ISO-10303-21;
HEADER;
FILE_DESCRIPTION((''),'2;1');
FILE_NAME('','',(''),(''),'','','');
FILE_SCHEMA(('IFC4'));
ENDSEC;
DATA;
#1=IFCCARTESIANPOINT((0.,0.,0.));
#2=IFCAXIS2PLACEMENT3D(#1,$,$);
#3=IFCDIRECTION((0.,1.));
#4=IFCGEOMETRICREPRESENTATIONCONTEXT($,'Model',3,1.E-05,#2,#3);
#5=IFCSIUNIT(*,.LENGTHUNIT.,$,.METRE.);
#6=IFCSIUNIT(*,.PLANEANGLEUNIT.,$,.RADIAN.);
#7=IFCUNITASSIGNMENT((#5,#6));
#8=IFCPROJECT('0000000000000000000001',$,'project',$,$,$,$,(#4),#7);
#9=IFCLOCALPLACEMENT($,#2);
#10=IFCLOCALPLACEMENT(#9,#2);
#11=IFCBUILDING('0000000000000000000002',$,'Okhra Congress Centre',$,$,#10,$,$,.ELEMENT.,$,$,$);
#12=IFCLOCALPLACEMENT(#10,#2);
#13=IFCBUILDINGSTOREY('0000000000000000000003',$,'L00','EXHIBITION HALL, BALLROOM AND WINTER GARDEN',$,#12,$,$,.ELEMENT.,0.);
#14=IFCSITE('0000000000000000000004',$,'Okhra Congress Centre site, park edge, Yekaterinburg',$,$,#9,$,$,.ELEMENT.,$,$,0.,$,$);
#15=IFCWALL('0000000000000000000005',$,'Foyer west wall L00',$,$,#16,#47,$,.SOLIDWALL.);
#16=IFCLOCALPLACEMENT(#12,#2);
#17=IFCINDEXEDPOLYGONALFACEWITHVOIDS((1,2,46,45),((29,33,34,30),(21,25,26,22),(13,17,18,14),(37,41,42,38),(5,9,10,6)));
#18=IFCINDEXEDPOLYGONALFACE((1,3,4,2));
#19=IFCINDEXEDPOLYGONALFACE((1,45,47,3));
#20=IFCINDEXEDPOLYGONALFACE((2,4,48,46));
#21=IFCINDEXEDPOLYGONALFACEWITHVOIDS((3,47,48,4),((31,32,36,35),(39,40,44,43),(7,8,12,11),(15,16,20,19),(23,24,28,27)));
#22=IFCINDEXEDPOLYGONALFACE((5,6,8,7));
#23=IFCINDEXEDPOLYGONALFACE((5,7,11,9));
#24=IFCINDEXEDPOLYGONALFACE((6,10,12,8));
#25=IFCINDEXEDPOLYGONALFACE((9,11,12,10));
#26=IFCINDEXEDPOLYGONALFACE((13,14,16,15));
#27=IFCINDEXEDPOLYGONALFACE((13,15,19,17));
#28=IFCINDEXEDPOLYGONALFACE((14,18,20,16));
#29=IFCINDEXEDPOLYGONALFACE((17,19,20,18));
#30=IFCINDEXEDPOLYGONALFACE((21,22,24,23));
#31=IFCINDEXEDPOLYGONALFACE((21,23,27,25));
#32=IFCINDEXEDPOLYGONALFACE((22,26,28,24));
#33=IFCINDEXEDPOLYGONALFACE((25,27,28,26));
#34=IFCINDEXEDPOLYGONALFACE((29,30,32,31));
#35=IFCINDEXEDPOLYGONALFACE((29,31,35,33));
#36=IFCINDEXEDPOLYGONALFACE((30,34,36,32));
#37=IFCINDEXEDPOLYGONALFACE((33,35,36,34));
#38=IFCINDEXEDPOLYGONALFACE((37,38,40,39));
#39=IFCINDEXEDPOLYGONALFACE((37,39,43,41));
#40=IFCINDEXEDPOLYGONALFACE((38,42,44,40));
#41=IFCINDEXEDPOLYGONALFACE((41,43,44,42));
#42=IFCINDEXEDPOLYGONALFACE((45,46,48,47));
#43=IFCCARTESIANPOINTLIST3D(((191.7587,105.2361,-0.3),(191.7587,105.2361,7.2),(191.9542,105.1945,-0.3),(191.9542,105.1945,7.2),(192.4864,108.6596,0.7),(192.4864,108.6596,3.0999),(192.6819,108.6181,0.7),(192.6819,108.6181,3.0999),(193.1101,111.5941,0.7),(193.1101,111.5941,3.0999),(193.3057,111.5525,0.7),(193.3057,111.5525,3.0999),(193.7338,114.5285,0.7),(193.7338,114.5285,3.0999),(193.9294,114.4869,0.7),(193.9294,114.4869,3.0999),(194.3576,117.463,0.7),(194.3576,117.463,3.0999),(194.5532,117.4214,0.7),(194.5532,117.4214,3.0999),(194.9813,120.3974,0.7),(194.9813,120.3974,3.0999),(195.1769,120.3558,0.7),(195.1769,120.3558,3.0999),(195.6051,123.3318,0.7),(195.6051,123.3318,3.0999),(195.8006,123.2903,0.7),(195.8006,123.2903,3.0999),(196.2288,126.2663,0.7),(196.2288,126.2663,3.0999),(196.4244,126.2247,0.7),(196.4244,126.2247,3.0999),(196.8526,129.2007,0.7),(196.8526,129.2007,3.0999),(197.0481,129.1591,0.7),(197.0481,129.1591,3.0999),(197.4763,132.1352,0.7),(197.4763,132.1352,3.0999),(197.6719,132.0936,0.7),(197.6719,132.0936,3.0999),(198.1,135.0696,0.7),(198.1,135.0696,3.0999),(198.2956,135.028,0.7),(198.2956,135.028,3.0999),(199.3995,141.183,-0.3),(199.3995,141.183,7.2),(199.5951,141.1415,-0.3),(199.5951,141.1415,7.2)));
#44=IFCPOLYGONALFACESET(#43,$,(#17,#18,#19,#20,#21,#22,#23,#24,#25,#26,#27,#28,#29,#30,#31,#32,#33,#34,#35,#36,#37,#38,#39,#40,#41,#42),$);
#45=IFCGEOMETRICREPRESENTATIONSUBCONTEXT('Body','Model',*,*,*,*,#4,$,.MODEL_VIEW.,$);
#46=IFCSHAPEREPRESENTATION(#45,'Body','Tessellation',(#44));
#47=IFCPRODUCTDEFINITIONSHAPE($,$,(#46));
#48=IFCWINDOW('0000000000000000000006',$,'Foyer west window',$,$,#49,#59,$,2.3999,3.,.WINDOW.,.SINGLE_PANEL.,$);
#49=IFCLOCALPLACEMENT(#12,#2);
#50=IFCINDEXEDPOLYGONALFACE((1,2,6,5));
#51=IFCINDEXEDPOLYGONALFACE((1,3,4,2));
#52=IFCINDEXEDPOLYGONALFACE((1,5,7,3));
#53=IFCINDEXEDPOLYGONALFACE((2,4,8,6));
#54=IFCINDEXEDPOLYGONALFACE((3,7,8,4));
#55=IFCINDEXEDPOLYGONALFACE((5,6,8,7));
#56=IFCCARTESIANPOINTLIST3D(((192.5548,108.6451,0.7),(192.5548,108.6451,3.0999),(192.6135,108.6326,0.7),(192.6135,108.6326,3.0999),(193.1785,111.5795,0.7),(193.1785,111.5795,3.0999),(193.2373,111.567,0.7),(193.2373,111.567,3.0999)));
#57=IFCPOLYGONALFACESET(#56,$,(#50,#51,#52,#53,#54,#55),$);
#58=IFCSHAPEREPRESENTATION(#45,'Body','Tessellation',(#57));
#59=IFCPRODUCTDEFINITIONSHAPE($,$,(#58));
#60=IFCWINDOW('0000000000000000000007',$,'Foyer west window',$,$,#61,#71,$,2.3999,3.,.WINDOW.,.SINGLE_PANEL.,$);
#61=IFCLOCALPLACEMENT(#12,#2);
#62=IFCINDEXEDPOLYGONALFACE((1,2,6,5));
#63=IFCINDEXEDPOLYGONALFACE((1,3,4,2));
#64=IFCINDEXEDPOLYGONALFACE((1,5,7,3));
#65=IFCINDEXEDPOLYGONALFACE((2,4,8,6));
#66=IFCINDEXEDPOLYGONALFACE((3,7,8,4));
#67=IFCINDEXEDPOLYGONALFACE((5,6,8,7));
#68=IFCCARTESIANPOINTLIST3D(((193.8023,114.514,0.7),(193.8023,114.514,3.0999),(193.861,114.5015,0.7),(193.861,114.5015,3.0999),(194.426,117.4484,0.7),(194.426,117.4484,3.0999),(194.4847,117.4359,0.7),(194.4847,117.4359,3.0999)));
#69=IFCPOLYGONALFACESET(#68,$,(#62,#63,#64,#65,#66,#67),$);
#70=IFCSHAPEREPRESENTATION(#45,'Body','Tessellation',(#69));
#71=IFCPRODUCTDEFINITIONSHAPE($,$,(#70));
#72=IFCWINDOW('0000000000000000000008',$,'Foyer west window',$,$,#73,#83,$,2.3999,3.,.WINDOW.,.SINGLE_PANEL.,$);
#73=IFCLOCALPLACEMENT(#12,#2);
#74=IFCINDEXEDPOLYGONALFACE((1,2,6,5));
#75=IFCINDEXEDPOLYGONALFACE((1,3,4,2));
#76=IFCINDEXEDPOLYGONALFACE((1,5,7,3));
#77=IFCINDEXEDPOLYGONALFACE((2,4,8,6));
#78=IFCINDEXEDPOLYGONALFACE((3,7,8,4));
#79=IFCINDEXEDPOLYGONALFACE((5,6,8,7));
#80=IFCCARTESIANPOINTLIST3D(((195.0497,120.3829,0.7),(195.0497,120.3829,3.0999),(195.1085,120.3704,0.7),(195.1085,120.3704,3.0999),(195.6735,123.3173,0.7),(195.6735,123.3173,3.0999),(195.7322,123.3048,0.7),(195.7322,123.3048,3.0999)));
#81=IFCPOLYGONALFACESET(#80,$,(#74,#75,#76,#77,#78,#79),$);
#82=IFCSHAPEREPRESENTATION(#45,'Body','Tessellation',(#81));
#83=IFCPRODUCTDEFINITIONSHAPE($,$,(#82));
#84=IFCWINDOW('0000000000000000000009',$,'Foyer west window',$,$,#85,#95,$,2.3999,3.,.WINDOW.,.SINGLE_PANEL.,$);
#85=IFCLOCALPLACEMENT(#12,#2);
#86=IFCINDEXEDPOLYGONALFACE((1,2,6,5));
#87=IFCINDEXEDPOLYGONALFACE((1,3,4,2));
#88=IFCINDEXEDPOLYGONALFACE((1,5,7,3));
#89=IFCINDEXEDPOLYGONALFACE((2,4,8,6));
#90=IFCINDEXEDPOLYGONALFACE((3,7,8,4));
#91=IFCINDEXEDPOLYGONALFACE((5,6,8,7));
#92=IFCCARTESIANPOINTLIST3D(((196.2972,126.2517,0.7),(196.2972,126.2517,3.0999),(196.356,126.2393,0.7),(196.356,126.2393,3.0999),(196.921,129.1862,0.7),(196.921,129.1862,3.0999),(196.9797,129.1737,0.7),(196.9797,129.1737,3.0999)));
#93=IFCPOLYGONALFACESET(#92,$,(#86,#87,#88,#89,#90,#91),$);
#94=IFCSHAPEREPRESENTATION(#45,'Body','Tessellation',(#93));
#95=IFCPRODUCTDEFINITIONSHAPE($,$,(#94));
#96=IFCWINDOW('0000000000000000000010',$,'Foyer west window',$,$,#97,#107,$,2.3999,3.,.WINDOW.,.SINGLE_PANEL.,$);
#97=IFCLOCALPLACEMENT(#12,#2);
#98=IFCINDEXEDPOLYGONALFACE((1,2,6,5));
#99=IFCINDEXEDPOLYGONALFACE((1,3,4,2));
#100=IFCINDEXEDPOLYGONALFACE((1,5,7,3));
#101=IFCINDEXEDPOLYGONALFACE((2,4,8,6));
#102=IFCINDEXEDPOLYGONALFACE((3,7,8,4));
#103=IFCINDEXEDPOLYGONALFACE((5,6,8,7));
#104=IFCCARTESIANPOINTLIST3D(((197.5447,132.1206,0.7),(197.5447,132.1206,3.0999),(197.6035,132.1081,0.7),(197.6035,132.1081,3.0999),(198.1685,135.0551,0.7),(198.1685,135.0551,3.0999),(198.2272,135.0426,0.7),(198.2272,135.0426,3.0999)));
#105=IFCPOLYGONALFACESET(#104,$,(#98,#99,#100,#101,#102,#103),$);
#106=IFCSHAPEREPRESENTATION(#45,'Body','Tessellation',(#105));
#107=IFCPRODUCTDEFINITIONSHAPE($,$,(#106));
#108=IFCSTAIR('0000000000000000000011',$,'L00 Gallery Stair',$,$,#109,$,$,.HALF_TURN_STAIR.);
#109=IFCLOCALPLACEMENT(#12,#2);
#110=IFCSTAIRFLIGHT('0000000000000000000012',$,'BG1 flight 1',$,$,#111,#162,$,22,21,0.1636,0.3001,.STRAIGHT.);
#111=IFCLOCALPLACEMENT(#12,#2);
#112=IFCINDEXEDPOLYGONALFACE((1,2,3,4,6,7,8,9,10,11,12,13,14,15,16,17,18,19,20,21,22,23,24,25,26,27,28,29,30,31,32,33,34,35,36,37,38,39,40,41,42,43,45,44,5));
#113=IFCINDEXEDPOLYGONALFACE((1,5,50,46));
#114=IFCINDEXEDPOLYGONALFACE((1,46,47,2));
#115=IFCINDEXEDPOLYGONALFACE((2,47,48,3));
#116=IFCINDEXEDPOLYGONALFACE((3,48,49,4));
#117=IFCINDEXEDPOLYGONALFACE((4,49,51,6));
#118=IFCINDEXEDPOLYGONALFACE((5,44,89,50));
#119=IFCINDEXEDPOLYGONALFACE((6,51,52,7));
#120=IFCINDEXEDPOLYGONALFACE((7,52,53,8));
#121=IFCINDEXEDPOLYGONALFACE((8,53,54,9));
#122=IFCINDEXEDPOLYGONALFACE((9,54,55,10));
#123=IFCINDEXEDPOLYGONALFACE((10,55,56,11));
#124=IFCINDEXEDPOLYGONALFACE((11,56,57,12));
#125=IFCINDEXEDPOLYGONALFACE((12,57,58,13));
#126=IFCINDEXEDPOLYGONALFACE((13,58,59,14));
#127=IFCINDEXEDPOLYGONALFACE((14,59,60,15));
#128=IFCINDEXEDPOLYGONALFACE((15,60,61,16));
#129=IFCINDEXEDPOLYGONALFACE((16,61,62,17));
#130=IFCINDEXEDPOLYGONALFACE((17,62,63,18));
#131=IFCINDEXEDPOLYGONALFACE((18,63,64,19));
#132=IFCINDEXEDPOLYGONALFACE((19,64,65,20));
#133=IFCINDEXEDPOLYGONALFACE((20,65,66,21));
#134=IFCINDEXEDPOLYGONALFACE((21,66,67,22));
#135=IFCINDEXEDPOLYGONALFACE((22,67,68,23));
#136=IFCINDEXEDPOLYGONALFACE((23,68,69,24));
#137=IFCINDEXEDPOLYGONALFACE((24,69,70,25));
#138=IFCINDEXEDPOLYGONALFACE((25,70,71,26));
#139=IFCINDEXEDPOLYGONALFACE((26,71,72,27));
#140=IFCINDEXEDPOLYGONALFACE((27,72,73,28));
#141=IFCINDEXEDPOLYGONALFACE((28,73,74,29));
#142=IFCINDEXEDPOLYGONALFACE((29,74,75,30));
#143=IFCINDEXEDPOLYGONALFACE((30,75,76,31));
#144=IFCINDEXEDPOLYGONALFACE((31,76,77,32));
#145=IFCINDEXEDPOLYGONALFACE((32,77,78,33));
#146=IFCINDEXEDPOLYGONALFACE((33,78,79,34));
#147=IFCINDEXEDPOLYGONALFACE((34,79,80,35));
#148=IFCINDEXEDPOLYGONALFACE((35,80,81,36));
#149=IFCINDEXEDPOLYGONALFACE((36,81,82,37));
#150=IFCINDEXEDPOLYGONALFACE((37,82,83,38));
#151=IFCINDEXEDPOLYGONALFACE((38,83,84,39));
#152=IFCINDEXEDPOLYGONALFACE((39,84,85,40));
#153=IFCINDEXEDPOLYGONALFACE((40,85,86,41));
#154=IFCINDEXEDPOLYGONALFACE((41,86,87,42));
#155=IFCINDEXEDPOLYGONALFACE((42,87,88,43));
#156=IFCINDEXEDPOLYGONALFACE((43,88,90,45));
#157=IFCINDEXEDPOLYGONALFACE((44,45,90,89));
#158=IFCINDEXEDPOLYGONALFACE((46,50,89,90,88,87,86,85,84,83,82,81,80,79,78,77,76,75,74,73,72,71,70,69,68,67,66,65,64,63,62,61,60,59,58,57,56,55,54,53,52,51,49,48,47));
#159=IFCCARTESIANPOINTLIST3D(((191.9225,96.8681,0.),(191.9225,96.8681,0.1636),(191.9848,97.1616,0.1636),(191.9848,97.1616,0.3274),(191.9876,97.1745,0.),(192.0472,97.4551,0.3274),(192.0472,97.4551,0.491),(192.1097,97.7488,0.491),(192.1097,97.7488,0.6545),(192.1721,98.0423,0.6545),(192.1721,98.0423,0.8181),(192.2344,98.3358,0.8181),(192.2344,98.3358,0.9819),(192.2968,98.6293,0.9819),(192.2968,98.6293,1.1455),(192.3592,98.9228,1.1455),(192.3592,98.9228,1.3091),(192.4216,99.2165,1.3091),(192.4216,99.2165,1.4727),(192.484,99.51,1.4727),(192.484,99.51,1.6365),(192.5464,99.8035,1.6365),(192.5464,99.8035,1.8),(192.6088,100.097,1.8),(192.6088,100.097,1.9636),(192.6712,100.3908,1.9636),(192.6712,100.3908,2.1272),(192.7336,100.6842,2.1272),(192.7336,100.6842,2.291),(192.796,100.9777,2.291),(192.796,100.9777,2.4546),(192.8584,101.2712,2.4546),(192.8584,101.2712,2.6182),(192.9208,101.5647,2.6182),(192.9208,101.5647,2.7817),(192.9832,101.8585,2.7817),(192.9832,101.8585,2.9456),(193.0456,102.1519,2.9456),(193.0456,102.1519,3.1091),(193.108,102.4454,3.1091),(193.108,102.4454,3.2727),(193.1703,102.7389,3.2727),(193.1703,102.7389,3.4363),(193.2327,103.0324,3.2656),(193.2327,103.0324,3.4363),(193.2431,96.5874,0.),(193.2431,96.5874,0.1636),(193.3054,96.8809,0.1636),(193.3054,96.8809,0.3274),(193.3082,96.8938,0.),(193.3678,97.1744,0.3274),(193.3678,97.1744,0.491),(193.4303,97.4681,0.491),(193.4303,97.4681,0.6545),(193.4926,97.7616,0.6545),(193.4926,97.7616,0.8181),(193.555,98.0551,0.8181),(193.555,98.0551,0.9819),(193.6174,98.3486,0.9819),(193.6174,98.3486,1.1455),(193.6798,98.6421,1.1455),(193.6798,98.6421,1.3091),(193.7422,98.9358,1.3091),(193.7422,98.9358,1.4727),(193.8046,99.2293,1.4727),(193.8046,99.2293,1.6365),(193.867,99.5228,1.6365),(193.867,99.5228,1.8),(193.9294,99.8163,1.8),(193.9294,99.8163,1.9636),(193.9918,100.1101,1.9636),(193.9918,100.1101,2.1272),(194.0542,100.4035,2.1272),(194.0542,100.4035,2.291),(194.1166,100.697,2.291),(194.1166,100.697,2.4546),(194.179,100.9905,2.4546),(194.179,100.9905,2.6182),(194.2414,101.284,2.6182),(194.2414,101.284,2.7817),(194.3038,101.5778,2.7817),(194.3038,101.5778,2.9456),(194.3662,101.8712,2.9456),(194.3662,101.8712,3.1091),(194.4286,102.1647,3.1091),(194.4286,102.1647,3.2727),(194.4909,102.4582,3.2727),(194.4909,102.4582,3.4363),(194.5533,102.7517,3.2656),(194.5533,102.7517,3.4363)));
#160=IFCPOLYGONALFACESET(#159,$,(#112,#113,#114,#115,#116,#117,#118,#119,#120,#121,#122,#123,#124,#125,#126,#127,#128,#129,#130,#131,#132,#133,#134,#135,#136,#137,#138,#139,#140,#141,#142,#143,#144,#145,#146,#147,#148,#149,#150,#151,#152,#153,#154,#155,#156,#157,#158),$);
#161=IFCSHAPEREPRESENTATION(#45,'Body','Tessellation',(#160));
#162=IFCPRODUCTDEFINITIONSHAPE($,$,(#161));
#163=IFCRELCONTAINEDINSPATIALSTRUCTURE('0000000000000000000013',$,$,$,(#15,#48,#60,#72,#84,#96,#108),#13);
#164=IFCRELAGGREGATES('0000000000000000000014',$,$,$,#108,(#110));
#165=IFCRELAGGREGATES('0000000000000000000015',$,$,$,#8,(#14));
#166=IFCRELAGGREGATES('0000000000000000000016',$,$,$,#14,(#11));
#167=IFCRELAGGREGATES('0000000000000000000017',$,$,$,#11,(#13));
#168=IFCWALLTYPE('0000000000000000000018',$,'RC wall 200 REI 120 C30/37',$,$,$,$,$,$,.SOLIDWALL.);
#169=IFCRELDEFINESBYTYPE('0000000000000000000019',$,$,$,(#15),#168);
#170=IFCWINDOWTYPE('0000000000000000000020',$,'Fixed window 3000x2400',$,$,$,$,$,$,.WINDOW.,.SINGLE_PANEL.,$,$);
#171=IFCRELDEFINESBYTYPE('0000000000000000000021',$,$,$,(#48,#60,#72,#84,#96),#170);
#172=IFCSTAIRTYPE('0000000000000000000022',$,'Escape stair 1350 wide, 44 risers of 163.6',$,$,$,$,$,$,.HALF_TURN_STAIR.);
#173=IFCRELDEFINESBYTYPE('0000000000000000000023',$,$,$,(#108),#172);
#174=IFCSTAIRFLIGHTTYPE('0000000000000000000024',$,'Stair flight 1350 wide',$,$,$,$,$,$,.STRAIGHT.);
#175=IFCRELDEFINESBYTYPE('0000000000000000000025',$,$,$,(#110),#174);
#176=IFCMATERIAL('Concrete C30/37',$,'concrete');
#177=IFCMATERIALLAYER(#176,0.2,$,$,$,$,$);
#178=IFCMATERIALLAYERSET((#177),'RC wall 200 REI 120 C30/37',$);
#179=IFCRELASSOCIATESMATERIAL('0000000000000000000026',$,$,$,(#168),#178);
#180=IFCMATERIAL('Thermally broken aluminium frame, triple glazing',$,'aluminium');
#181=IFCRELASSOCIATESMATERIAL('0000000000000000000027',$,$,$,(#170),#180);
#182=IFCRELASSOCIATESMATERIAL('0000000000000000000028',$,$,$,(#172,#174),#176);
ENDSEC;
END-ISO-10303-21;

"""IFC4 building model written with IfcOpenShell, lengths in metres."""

from ifc_helpers import new_model, si_unit, direction, frame, frame_2d, origin, place, context, subcontext, project, spatial, polyline, rectangle, outline, extrude, material, layer, layer_set, type_object, element, fill, aggregate, save


model = new_model("IFC4")

# Units and contexts
model_context = context("Model", 3, precision=1e-05, world=origin(), true_north=direction((0.0, 1.0)))
body_context = subcontext(model_context, "Body", "Model", "MODEL_VIEW")
ifc_project = project(units=[si_unit("LENGTHUNIT", "METRE"), si_unit("PLANEANGLEUNIT", "RADIAN")], contexts=[model_context])

# Site, building, storey
site_placement = place(None, origin())
site = spatial("IfcSite", under=ifc_project, at=site_placement, Name="Okhra Congress Centre site, park edge, Yekaterinburg", CompositionType="ELEMENT", RefElevation=0.0)
building_placement = place(site_placement, origin())
building = spatial("IfcBuilding", under=site, at=building_placement, Name="Okhra Congress Centre", CompositionType="ELEMENT")
storey_placement = place(building_placement, origin())
storey = spatial("IfcBuildingStorey", under=building, at=storey_placement, Name="L00", Description="EXHIBITION HALL, BALLROOM AND WINTER GARDEN", CompositionType="ELEMENT", Elevation=0.0)

# Shared definitions
ifc_material_1 = material(Name="Concrete C30/37", Category="concrete")

# Shared definitions
ifc_layer_1 = layer(ifc_material_1, 0.2)
ifc_layer_set_1 = layer_set([ifc_layer_1], Name="RC wall 200 REI 120 C30/37")
wall_type_1 = type_object("IfcWallType", Name="RC wall 200 REI 120 C30/37", PredefinedType="SOLIDWALL", material=ifc_layer_set_1)

# Wall, openings, windows
wall_1_placement = place(storey_placement, frame((191.8564, 105.2153, -0.3), z_axis=(0.0, 0.0, 1.0), x_axis=(0.207914, 0.978147, 0.0)))
wall_1 = element("IfcWall", 1, at=wall_1_placement, inside=storey, type_object=wall_type_1, Name="Foyer west wall L00", PredefinedType="SOLIDWALL", context=body_context, shape_type="SweptSolid", body=[
    extrude(rectangle(XDim=36.75, YDim=0.2, at=frame_2d((18.375, 0.0))), origin(), (0.0, 0.0, 1.0), 7.5),
])
opening_1_placement = place(wall_1_placement, frame((3.5, 0.0, 1.0)))
opening_1 = element("IfcOpeningElement", 2, at=opening_1_placement, cuts=wall_1, PredefinedType="OPENING", context=body_context, shape_type="SweptSolid", body=[
    extrude(rectangle(XDim=3.0, YDim=2.3999, at=frame_2d((1.5, 1.2))), frame((0.0, 0.1099, 0.0), z_axis=(0.0, -1.0, 0.0), x_axis=(1.0, 0.0, 0.0)), (0.0, 0.0, 1.0), 0.22),
])
opening_2_placement = place(wall_1_placement, frame((9.5, 0.0, 1.0)))
opening_2 = element("IfcOpeningElement", 3, at=opening_2_placement, cuts=wall_1, PredefinedType="OPENING", context=body_context, shape_type="SweptSolid", body=[
    extrude(rectangle(XDim=3.0, YDim=2.3999, at=frame_2d((1.5, 1.2))), frame((0.0, 0.1099, 0.0), z_axis=(0.0, -1.0, 0.0), x_axis=(1.0, 0.0, 0.0)), (0.0, 0.0, 1.0), 0.22),
])
opening_3_placement = place(wall_1_placement, frame((15.5, 0.0, 1.0)))
opening_3 = element("IfcOpeningElement", 4, at=opening_3_placement, cuts=wall_1, PredefinedType="OPENING", context=body_context, shape_type="SweptSolid", body=[
    extrude(rectangle(XDim=3.0, YDim=2.3999, at=frame_2d((1.5, 1.2))), frame((0.0, 0.1099, 0.0), z_axis=(0.0, -1.0, 0.0), x_axis=(1.0, 0.0, 0.0)), (0.0, 0.0, 1.0), 0.22),
])
opening_4_placement = place(wall_1_placement, frame((21.5, 0.0, 1.0)))
opening_4 = element("IfcOpeningElement", 5, at=opening_4_placement, cuts=wall_1, PredefinedType="OPENING", context=body_context, shape_type="SweptSolid", body=[
    extrude(rectangle(XDim=3.0, YDim=2.3999, at=frame_2d((1.5, 1.2))), frame((0.0, 0.1099, 0.0), z_axis=(0.0, -1.0, 0.0), x_axis=(1.0, 0.0, 0.0)), (0.0, 0.0, 1.0), 0.22),
])
opening_5_placement = place(wall_1_placement, frame((27.5, 0.0, 1.0)))
opening_5 = element("IfcOpeningElement", 6, at=opening_5_placement, cuts=wall_1, PredefinedType="OPENING", context=body_context, shape_type="SweptSolid", body=[
    extrude(rectangle(XDim=3.0, YDim=2.3999, at=frame_2d((1.5, 1.2))), frame((0.0, 0.1099, 0.0), z_axis=(0.0, -1.0, 0.0), x_axis=(1.0, 0.0, 0.0)), (0.0, 0.0, 1.0), 0.22),
])
ifc_material_2 = material(Name="Thermally broken aluminium frame, triple glazing", Category="aluminium")
window_type = type_object("IfcWindowType", Name="Fixed window 3000x2400", PartitioningType="SINGLE_PANEL", PredefinedType="WINDOW", material=ifc_material_2)
window_1_placement = place(opening_1_placement, origin())
window_1 = element("IfcWindow", 7, at=window_1_placement, inside=storey, type_object=window_type, Name="Foyer west window", OverallHeight=2.3999, OverallWidth=3.0, PartitioningType="SINGLE_PANEL", PredefinedType="WINDOW", context=body_context, shape_type="SweptSolid", body=[
    extrude(rectangle(XDim=3.0, YDim=2.3999, at=frame_2d((1.5, 1.2))), frame((0.0, 0.03, 0.0), z_axis=(0.0, -1.0, 0.0), x_axis=(1.0, 0.0, 0.0)), (0.0, 0.0, 1.0), 0.0601),
])
fill(opening_1, window_1)
window_2_placement = place(opening_2_placement, origin())
window_2 = element("IfcWindow", 8, at=window_2_placement, inside=storey, type_object=window_type, Name="Foyer west window", OverallHeight=2.3999, OverallWidth=3.0, PartitioningType="SINGLE_PANEL", PredefinedType="WINDOW", context=body_context, shape_type="SweptSolid", body=[
    extrude(rectangle(XDim=3.0, YDim=2.3999, at=frame_2d((1.5, 1.2))), frame((0.0, 0.03, 0.0), z_axis=(0.0, -1.0, 0.0), x_axis=(1.0, 0.0, 0.0)), (0.0, 0.0, 1.0), 0.0601),
])
fill(opening_2, window_2)
window_3_placement = place(opening_3_placement, origin())
window_3 = element("IfcWindow", 9, at=window_3_placement, inside=storey, type_object=window_type, Name="Foyer west window", OverallHeight=2.3999, OverallWidth=3.0, PartitioningType="SINGLE_PANEL", PredefinedType="WINDOW", context=body_context, shape_type="SweptSolid", body=[
    extrude(rectangle(XDim=3.0, YDim=2.3999, at=frame_2d((1.5, 1.2))), frame((0.0, 0.03, 0.0), z_axis=(0.0, -1.0, 0.0), x_axis=(1.0, 0.0, 0.0)), (0.0, 0.0, 1.0), 0.0601),
])
fill(opening_3, window_3)
window_4_placement = place(opening_4_placement, origin())
window_4 = element("IfcWindow", 10, at=window_4_placement, inside=storey, type_object=window_type, Name="Foyer west window", OverallHeight=2.3999, OverallWidth=3.0, PartitioningType="SINGLE_PANEL", PredefinedType="WINDOW", context=body_context, shape_type="SweptSolid", body=[
    extrude(rectangle(XDim=3.0, YDim=2.3999, at=frame_2d((1.5, 1.2))), frame((0.0, 0.03, 0.0), z_axis=(0.0, -1.0, 0.0), x_axis=(1.0, 0.0, 0.0)), (0.0, 0.0, 1.0), 0.0601),
])
fill(opening_4, window_4)
window_5_placement = place(opening_5_placement, origin())
window_5 = element("IfcWindow", 11, at=window_5_placement, inside=storey, type_object=window_type, Name="Foyer west window", OverallHeight=2.3999, OverallWidth=3.0, PartitioningType="SINGLE_PANEL", PredefinedType="WINDOW", context=body_context, shape_type="SweptSolid", body=[
    extrude(rectangle(XDim=3.0, YDim=2.3999, at=frame_2d((1.5, 1.2))), frame((0.0, 0.03, 0.0), z_axis=(0.0, -1.0, 0.0), x_axis=(1.0, 0.0, 0.0)), (0.0, 0.0, 1.0), 0.0601),
])
fill(opening_5, window_5)

# Stair, stair flight
stair_type = type_object("IfcStairType", Name="Escape stair 1350 wide, 44 risers of 163.6", PredefinedType="HALF_TURN_STAIR", material=ifc_material_1)
stair_placement = place(storey_placement, origin())
stair = element("IfcStair", 12, at=stair_placement, inside=storey, type_object=stair_type, Name="L00 Gallery Stair", PredefinedType="HALF_TURN_STAIR")
stair_flight_type = type_object("IfcStairFlightType", Name="Stair flight 1350 wide", PredefinedType="STRAIGHT", material=ifc_material_1)
stair_flight_1_placement = place(storey_placement, frame((192.5828, 96.7278, 0.0), z_axis=(0.0, 0.0, 1.0), x_axis=(0.207912, 0.978148, 0.0)))
stair_flight_1 = element("IfcStairFlight", 13, at=stair_flight_1_placement, type_object=stair_flight_type, Name="BG1 flight 1", NumberOfRisers=22, NumberOfTreads=21, PredefinedType="STRAIGHT", RiserHeight=0.1636, TreadLength=0.3001, context=body_context, shape_type="SweptSolid", body=[
    extrude(outline(polyline([(0.0, 0.0), (0.0, 0.1636), (0.3, 0.1636), (0.3, 0.3274), (0.6001, 0.3274), (0.6001, 0.491), (0.9004, 0.491), (0.9004, 0.6545), (1.2004, 0.6545), (1.2004, 0.8181), (1.5005, 0.8181), (1.5005, 0.9819), (1.8005, 0.9819), (1.8005, 1.1455), (2.1006, 1.1455), (2.1006, 1.3091), (2.4009, 1.3091), (2.4009, 1.4727), (2.7009, 1.4727), (2.7009, 1.6365), (3.001, 1.6365), (3.001, 1.8), (3.301, 1.8), (3.301, 1.9636), (3.6013, 1.9636), (3.6013, 2.1272), (3.9014, 2.1272), (3.9014, 2.291), (4.2014, 2.291), (4.2014, 2.4546), (4.5015, 2.4546), (4.5015, 2.6182), (4.8015, 2.6182), (4.8015, 2.7817), (5.1018, 2.7817), (5.1018, 2.9456), (5.4019, 2.9456), (5.4019, 3.1091), (5.7019, 3.1091), (5.7019, 3.2727), (6.002, 3.2727), (6.002, 3.4363), (6.302, 3.4363), (6.302, 3.6001), (6.302, 3.2656), (0.3132, 0.0), (0.0, 0.0)])), frame((0.0, 0.675, 0.0), z_axis=(0.0, -1.0, 0.0), x_axis=(1.0, 0.0, 0.0)), (0.0, 0.0, 1.0), 1.3501),
])
aggregate(stair, [stair_flight_1])

save(model, "model.ifc")
